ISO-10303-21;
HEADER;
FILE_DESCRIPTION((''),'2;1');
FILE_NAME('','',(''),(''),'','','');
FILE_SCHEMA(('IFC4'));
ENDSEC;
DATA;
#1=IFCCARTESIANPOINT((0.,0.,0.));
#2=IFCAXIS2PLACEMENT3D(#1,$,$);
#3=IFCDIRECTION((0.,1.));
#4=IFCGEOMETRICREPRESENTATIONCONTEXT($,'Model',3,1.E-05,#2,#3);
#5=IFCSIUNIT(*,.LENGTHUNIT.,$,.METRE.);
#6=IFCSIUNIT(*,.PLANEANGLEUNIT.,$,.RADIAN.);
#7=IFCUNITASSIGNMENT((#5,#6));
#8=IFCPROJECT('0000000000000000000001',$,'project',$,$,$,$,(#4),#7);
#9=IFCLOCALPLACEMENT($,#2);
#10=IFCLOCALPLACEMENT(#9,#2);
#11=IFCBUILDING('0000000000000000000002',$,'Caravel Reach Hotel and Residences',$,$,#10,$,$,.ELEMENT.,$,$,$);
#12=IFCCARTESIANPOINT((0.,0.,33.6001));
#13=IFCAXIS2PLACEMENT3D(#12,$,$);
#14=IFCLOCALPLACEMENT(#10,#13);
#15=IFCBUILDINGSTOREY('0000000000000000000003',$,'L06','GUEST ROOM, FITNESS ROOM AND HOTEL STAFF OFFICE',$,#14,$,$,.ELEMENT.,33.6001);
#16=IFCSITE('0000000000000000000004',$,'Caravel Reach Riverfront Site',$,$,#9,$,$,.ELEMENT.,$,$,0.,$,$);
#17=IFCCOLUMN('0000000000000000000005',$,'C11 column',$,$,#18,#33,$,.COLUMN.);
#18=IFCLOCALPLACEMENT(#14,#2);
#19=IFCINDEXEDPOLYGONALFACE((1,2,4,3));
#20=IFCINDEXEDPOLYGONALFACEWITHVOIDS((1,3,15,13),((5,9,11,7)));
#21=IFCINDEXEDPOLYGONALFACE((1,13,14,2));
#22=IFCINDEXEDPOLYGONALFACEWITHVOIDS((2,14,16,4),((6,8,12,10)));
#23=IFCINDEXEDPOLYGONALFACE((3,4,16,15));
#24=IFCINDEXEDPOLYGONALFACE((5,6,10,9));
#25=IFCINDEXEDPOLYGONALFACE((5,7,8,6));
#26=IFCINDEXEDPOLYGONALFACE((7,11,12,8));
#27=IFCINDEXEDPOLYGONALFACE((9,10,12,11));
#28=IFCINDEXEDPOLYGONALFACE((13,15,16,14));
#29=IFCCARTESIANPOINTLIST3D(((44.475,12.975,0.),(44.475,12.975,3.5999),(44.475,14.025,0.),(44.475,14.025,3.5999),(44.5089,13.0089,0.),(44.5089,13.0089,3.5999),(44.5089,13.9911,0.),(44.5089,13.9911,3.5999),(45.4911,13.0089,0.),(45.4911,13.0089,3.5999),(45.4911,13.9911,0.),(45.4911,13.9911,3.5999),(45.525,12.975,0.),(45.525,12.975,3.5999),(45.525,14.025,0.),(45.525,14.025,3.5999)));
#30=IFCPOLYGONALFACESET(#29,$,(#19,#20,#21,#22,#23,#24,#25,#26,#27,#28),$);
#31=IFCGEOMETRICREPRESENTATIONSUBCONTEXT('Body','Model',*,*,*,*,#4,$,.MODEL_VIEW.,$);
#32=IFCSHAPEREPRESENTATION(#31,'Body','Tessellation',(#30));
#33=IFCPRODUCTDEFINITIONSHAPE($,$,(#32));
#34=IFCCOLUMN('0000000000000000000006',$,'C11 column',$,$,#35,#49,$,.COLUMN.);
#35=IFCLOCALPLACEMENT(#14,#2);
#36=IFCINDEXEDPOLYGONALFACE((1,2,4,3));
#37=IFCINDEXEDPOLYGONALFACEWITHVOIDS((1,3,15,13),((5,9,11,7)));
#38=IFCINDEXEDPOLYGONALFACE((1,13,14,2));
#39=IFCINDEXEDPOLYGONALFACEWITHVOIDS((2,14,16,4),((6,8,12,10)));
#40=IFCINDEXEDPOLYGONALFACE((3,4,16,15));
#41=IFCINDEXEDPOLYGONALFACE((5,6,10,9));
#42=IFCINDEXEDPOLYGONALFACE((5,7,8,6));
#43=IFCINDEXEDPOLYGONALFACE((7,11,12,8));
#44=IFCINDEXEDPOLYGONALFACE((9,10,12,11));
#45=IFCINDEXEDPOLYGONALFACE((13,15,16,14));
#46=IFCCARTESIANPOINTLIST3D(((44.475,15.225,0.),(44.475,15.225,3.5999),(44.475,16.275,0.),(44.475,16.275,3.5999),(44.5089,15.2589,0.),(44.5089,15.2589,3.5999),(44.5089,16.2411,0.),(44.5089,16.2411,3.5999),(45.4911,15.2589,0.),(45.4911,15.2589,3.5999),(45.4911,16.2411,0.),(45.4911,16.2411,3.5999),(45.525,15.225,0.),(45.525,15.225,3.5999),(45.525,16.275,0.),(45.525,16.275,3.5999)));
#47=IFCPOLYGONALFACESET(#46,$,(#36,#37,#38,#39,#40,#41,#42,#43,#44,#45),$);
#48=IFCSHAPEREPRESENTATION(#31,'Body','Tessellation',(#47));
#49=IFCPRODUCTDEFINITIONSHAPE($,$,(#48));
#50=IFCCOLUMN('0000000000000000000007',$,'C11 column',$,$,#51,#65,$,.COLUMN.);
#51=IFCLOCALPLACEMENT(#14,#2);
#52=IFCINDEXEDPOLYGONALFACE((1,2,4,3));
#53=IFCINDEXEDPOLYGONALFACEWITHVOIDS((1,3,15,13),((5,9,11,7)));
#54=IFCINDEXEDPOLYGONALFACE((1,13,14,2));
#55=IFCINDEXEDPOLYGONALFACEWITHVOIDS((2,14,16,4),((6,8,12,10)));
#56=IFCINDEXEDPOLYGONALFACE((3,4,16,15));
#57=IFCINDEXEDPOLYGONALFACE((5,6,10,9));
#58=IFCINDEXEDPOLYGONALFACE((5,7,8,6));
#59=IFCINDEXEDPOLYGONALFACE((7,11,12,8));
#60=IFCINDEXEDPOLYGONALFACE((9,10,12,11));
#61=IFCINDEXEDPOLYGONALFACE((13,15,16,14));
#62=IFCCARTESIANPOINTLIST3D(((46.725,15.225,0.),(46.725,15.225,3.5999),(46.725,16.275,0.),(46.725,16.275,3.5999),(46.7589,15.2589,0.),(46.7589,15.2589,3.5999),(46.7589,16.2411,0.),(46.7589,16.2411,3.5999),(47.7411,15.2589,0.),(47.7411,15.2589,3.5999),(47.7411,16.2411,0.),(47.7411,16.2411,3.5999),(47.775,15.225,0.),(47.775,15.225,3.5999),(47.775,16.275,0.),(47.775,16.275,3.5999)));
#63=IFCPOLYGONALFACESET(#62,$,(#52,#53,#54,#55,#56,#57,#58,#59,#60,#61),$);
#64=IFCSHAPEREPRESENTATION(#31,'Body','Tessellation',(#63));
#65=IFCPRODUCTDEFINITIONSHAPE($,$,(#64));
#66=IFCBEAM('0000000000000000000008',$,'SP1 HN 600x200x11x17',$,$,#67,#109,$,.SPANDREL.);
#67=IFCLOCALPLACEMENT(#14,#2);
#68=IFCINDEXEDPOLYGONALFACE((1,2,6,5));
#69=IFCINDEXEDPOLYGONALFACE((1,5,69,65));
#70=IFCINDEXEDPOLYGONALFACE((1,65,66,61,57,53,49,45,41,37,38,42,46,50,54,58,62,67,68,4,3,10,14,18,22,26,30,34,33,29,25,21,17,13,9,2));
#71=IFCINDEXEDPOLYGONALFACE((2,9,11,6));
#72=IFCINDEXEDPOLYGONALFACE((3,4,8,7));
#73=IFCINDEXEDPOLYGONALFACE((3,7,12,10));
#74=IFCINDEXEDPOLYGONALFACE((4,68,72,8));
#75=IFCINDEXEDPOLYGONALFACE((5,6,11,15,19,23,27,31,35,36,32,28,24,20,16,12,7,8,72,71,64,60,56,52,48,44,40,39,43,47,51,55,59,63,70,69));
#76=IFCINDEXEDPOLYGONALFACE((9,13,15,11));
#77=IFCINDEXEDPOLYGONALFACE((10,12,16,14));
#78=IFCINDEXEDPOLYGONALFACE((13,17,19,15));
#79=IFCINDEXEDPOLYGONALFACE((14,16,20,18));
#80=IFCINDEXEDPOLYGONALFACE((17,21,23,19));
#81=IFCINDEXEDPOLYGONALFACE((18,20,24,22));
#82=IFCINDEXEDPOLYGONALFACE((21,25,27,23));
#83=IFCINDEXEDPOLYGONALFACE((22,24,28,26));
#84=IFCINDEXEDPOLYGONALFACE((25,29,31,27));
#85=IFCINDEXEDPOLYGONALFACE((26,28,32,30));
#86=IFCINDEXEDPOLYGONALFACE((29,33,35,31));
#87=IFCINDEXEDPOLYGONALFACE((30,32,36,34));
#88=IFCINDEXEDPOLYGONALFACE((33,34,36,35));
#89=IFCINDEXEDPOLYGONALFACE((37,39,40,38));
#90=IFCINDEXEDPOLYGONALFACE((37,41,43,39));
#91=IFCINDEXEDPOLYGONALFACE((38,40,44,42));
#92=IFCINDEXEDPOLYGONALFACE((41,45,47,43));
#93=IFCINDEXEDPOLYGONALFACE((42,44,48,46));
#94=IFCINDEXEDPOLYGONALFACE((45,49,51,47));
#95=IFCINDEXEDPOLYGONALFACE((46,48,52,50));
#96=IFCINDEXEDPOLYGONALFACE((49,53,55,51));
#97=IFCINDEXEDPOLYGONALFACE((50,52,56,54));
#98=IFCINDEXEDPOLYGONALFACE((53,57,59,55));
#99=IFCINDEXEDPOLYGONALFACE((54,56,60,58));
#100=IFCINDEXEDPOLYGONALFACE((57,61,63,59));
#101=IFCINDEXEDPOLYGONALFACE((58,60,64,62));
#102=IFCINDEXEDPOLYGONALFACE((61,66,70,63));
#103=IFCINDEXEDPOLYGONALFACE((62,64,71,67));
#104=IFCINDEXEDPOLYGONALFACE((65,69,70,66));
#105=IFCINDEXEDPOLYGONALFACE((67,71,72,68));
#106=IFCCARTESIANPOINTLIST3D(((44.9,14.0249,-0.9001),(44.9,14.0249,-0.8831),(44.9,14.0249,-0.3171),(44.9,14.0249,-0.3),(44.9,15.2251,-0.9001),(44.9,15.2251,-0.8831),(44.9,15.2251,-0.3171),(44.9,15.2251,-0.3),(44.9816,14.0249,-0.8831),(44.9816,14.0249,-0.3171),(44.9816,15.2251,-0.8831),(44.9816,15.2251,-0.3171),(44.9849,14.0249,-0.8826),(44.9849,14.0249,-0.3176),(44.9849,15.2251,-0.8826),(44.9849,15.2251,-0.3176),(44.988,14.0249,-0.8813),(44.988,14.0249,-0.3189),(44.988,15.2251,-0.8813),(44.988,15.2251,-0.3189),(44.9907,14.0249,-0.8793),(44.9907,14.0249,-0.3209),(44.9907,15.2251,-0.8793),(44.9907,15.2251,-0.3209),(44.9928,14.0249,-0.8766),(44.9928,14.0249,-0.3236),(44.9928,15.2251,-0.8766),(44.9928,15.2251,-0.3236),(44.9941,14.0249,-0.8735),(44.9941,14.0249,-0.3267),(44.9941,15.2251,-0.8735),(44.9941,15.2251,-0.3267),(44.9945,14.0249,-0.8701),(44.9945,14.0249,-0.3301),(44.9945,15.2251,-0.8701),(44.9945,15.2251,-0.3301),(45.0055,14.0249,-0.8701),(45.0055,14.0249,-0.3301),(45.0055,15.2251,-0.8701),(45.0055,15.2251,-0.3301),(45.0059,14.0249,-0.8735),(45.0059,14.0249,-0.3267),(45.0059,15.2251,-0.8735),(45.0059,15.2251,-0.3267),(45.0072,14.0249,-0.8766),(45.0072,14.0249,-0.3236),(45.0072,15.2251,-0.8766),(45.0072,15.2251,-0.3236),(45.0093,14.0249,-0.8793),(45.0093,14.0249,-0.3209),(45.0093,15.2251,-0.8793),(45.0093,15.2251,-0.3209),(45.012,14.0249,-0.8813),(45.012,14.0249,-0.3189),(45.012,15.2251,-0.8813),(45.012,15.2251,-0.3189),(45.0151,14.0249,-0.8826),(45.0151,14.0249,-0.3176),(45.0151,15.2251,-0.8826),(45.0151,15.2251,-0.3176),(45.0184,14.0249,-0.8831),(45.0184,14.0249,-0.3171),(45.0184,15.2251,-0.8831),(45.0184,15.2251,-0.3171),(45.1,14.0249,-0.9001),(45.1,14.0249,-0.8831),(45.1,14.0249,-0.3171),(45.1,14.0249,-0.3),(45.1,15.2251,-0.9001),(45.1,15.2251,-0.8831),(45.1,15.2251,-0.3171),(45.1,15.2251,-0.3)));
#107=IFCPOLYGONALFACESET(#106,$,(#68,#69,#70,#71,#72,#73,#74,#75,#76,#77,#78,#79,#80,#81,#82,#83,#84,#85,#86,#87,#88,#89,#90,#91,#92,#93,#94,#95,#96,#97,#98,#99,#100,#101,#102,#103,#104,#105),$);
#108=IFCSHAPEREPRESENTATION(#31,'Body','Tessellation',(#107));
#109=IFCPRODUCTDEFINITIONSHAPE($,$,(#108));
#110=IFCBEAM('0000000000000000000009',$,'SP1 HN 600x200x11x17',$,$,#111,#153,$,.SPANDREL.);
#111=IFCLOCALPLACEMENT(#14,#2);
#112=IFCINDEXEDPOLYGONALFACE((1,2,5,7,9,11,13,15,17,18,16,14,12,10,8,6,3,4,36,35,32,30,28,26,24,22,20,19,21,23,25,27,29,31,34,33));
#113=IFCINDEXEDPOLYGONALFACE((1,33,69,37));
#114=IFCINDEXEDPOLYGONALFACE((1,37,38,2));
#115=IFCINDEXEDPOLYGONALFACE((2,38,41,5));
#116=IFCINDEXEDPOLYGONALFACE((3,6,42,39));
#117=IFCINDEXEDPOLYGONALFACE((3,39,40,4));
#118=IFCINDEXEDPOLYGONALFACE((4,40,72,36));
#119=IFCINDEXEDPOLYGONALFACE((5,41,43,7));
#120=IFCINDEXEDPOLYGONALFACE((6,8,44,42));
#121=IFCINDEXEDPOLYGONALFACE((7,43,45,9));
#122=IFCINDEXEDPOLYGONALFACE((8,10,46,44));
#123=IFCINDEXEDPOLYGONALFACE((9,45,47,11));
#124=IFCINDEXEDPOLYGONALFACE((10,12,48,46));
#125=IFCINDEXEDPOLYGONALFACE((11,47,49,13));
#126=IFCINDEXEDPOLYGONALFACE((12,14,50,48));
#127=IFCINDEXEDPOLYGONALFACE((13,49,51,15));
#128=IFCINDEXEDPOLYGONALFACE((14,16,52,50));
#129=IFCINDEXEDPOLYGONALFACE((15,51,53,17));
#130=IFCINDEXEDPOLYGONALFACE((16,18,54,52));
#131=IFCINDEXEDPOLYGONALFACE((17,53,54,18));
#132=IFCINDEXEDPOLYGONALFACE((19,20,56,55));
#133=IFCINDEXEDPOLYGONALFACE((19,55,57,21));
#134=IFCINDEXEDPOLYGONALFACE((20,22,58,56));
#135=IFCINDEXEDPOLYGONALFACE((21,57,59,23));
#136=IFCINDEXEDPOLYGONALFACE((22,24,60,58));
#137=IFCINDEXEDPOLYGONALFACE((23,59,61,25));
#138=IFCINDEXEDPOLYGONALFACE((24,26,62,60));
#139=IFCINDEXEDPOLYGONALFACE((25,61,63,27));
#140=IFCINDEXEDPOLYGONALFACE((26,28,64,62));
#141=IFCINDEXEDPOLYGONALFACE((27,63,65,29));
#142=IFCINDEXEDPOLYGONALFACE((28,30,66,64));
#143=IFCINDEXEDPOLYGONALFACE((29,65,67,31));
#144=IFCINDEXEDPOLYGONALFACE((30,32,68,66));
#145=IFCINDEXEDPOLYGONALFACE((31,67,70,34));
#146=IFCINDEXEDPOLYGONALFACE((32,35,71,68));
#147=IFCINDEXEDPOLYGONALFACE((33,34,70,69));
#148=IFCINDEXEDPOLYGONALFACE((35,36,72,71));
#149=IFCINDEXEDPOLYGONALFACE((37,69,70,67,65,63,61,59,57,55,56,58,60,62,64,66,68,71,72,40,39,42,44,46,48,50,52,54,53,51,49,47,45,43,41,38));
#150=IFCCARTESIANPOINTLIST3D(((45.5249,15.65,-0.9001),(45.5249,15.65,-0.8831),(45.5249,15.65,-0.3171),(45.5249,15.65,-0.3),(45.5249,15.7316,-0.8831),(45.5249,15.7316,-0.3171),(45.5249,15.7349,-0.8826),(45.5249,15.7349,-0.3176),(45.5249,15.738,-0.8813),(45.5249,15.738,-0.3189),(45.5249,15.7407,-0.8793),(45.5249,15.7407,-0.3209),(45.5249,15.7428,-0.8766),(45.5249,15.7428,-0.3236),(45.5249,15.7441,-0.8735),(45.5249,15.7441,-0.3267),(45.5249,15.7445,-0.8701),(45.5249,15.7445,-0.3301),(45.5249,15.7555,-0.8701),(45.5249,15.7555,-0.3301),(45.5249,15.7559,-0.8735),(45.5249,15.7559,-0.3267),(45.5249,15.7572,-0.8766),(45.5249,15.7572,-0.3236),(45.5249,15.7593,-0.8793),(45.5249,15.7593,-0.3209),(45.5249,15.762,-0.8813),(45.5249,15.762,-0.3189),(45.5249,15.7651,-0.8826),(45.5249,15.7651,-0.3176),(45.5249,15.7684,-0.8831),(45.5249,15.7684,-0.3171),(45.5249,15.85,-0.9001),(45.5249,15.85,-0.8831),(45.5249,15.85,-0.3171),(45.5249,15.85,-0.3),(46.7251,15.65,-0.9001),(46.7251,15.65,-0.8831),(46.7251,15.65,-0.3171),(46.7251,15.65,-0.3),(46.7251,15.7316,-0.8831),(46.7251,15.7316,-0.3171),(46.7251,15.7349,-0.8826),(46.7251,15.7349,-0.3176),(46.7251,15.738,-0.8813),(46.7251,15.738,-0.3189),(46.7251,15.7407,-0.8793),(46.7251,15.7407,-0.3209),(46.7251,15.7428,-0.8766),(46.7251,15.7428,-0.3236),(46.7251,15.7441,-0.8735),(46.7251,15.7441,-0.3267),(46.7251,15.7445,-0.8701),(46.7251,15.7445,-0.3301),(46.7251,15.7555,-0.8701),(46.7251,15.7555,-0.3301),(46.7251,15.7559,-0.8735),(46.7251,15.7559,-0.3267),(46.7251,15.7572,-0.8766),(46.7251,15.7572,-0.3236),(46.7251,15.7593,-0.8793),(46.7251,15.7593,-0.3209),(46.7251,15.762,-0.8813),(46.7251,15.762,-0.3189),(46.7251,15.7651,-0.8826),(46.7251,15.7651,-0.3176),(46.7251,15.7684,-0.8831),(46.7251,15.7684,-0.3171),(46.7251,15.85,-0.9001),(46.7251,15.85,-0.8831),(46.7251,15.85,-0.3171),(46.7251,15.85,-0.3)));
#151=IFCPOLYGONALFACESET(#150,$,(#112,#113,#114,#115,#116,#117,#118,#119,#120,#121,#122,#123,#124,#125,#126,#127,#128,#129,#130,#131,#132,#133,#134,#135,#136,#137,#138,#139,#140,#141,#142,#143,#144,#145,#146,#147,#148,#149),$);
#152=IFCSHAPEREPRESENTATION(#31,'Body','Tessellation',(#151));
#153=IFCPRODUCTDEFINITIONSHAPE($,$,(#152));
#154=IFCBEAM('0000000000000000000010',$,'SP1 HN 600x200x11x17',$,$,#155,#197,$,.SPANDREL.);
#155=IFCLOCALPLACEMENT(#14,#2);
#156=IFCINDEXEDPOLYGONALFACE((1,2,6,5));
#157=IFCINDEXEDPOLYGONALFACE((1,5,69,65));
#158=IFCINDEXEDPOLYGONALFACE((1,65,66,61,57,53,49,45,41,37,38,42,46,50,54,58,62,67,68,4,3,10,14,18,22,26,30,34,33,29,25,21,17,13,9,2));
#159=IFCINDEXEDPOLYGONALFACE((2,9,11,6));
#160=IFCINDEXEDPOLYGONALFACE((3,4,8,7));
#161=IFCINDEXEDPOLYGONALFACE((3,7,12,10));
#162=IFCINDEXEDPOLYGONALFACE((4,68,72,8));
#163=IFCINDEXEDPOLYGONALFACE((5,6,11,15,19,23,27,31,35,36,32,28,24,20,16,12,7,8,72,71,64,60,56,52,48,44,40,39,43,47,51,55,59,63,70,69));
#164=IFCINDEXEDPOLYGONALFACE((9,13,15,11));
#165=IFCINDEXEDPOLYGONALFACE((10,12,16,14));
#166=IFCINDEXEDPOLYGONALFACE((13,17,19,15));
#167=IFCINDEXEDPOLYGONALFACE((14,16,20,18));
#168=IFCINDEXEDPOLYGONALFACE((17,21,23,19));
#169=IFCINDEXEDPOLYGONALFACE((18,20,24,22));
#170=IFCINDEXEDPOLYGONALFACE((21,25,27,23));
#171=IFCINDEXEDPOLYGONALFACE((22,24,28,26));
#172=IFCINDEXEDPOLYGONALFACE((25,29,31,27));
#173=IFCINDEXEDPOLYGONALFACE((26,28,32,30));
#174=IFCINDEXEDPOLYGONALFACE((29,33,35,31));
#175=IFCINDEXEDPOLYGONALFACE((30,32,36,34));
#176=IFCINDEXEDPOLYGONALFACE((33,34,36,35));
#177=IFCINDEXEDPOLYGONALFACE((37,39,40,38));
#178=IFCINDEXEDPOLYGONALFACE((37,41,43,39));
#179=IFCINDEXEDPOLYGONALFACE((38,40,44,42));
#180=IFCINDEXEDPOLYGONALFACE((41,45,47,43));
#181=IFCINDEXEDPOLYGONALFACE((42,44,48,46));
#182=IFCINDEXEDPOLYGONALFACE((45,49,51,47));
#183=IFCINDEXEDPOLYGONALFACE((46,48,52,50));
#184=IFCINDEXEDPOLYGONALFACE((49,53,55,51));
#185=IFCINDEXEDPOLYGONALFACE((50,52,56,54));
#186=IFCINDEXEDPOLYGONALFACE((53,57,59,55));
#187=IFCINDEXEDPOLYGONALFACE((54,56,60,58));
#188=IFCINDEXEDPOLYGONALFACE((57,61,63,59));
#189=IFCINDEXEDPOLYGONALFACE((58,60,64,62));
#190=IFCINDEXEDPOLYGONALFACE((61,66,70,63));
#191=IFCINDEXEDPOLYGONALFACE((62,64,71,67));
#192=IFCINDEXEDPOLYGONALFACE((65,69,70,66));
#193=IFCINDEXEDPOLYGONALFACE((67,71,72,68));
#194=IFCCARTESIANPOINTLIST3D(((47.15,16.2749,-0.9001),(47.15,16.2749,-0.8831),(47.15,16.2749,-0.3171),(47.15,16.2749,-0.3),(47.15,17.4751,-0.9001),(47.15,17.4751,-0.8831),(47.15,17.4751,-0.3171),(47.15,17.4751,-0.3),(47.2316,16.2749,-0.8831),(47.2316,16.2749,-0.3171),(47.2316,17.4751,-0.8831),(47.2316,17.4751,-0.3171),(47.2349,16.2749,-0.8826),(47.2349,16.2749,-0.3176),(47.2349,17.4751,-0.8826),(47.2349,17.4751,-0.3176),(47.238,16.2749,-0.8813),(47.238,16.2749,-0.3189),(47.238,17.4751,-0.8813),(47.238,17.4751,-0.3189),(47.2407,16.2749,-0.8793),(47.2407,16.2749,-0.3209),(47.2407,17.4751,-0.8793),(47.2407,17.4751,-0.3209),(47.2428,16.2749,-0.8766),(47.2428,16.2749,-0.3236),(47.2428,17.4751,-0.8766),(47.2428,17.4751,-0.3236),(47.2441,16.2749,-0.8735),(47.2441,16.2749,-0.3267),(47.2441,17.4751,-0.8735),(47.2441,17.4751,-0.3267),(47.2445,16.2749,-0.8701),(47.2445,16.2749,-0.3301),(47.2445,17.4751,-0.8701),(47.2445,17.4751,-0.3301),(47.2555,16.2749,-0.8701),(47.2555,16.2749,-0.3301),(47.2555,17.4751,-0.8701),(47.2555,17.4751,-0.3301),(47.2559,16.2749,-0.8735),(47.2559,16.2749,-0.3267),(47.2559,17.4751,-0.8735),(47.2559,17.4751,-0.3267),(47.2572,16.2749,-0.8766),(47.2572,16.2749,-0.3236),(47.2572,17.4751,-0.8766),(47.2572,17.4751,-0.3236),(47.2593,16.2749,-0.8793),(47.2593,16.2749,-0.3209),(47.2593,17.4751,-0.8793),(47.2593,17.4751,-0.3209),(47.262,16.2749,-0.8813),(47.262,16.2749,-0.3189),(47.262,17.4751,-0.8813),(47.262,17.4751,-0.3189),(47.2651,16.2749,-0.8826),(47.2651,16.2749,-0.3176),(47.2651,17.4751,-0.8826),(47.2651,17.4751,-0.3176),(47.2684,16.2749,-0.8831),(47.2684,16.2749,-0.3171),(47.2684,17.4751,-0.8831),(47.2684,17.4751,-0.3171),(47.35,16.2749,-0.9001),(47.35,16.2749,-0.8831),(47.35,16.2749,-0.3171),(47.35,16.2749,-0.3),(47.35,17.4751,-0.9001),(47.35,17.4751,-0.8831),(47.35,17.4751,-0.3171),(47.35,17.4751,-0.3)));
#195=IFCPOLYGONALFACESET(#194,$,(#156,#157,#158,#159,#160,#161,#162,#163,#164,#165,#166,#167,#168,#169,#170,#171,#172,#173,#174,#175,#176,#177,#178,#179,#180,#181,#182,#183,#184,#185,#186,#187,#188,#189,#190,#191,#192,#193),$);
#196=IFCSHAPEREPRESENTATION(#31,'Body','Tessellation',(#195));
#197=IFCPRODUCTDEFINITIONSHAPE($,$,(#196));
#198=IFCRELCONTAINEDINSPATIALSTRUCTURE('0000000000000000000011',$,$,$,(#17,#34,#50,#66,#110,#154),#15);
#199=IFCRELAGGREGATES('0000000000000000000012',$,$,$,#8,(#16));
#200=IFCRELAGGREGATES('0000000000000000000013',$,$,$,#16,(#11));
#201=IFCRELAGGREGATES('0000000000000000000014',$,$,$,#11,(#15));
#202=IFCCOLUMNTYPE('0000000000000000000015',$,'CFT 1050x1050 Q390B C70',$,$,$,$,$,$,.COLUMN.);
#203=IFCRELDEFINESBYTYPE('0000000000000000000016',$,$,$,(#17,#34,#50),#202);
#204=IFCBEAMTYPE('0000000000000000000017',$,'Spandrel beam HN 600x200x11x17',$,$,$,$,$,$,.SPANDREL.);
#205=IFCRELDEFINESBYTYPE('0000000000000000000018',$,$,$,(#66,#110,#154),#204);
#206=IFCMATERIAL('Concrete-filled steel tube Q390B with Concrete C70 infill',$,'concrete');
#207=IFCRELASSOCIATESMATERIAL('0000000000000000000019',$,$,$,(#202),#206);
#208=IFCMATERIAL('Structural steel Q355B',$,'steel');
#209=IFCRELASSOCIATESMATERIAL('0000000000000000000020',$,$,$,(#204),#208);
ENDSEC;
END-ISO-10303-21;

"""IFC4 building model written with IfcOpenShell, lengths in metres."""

from ifc_helpers import new_model, si_unit, direction, frame, origin, origin_2d, place, context, subcontext, project, spatial, hollow_rectangle, i_section, extrude, material, material_profile, profile_set, type_object, element, save


model = new_model("IFC4")

# Units and contexts
model_context = context("Model", 3, precision=1e-05, world=origin(), true_north=direction((0.0, 1.0)))
body_context = subcontext(model_context, "Body", "Model", "MODEL_VIEW")
ifc_project = project(units=[si_unit("LENGTHUNIT", "METRE"), si_unit("PLANEANGLEUNIT", "RADIAN")], contexts=[model_context])

# Site, building, storey
site_placement = place(None, origin())
site = spatial("IfcSite", under=ifc_project, at=site_placement, Name="Caravel Reach Riverfront Site", CompositionType="ELEMENT", RefElevation=0.0)
building_placement = place(site_placement, origin())
building = spatial("IfcBuilding", under=site, at=building_placement, Name="Caravel Reach Hotel and Residences", CompositionType="ELEMENT")
storey_placement = place(building_placement, frame((0.0, 0.0, 33.6001)))
storey = spatial("IfcBuildingStorey", under=building, at=storey_placement, Name="L06", Description="GUEST ROOM, FITNESS ROOM AND HOTEL STAFF OFFICE", CompositionType="ELEMENT", Elevation=33.6001)

# Columns
ifc_material_1 = material(Name="Concrete-filled steel tube Q390B with Concrete C70 infill", Category="concrete")
ifc_material_profile_1 = material_profile(ifc_material_1, hollow_rectangle(XDim=1.05, YDim=1.05, WallThickness=0.0339, at=origin_2d()), Name="RHS 1050x1050x34")
ifc_profile_set_1 = profile_set([ifc_material_profile_1], Name="Concrete-filled steel tube Q390B with Concrete C70 infill")
column_type = type_object("IfcColumnType", Name="CFT 1050x1050 Q390B C70", PredefinedType="COLUMN", material=ifc_profile_set_1)
for number, where, z_axis, x_axis, name in (
    (1, (45.0, 13.5, 0.0), (0.0, 0.0, 1.0), (1.0, 0.0, 0.0), "C11 column"),
    (2, (45.0, 15.75, 0.0), (0.0, 0.0, 1.0), (1.0, 0.0, 0.0), "C11 column"),
    (3, (47.25, 15.75, 0.0), (0.0, 0.0, 1.0), (1.0, 0.0, 0.0), "C11 column"),
):
    element("IfcColumn", number, at=place(storey_placement, frame(where, z_axis=z_axis, x_axis=x_axis)), inside=storey, type_object=column_type, Name=name, PredefinedType="COLUMN", context=body_context, shape_type="SweptSolid", body=[
        extrude(hollow_rectangle(XDim=1.05, YDim=1.05, WallThickness=0.0339, at=origin_2d()), origin(), (0.0, 0.0, 1.0), 3.5999),
    ])

# Beams
ifc_material_2 = material(Name="Structural steel Q355B", Category="steel")
ifc_material_profile_2 = material_profile(ifc_material_2, i_section(OverallWidth=0.2, OverallDepth=0.6001, WebThickness=0.011, FlangeThickness=0.0171, FilletRadius=0.0129, at=origin_2d()), Name="HN 600x200x11x17")
ifc_profile_set_2 = profile_set([ifc_material_profile_2], Name="Structural steel Q355B")
beam_type = type_object("IfcBeamType", Name="Spandrel beam HN 600x200x11x17", PredefinedType="SPANDREL", material=ifc_profile_set_2)
for number, where, z_axis, x_axis, name in (
    (4, (45.0, 14.0249, -0.6001), (0.0, 1.0, 0.0), (-1.0, 0.0, 0.0), "SP1 HN 600x200x11x17"),
    (5, (45.5249, 15.75, -0.6001), (1.0, 0.0, 0.0), (0.0, 1.0, 0.0), "SP1 HN 600x200x11x17"),
    (6, (47.25, 16.2749, -0.6001), (0.0, 1.0, 0.0), (-1.0, 0.0, 0.0), "SP1 HN 600x200x11x17"),
):
    element("IfcBeam", number, at=place(storey_placement, frame(where, z_axis=z_axis, x_axis=x_axis)), inside=storey, type_object=beam_type, Name=name, PredefinedType="SPANDREL", context=body_context, shape_type="SweptSolid", body=[
        extrude(i_section(OverallWidth=0.2, OverallDepth=0.6001, WebThickness=0.011, FlangeThickness=0.0171, FilletRadius=0.0129, at=origin_2d()), origin(), (0.0, 0.0, 1.0), 1.2002),
    ])

save(model, "model.ifc")
